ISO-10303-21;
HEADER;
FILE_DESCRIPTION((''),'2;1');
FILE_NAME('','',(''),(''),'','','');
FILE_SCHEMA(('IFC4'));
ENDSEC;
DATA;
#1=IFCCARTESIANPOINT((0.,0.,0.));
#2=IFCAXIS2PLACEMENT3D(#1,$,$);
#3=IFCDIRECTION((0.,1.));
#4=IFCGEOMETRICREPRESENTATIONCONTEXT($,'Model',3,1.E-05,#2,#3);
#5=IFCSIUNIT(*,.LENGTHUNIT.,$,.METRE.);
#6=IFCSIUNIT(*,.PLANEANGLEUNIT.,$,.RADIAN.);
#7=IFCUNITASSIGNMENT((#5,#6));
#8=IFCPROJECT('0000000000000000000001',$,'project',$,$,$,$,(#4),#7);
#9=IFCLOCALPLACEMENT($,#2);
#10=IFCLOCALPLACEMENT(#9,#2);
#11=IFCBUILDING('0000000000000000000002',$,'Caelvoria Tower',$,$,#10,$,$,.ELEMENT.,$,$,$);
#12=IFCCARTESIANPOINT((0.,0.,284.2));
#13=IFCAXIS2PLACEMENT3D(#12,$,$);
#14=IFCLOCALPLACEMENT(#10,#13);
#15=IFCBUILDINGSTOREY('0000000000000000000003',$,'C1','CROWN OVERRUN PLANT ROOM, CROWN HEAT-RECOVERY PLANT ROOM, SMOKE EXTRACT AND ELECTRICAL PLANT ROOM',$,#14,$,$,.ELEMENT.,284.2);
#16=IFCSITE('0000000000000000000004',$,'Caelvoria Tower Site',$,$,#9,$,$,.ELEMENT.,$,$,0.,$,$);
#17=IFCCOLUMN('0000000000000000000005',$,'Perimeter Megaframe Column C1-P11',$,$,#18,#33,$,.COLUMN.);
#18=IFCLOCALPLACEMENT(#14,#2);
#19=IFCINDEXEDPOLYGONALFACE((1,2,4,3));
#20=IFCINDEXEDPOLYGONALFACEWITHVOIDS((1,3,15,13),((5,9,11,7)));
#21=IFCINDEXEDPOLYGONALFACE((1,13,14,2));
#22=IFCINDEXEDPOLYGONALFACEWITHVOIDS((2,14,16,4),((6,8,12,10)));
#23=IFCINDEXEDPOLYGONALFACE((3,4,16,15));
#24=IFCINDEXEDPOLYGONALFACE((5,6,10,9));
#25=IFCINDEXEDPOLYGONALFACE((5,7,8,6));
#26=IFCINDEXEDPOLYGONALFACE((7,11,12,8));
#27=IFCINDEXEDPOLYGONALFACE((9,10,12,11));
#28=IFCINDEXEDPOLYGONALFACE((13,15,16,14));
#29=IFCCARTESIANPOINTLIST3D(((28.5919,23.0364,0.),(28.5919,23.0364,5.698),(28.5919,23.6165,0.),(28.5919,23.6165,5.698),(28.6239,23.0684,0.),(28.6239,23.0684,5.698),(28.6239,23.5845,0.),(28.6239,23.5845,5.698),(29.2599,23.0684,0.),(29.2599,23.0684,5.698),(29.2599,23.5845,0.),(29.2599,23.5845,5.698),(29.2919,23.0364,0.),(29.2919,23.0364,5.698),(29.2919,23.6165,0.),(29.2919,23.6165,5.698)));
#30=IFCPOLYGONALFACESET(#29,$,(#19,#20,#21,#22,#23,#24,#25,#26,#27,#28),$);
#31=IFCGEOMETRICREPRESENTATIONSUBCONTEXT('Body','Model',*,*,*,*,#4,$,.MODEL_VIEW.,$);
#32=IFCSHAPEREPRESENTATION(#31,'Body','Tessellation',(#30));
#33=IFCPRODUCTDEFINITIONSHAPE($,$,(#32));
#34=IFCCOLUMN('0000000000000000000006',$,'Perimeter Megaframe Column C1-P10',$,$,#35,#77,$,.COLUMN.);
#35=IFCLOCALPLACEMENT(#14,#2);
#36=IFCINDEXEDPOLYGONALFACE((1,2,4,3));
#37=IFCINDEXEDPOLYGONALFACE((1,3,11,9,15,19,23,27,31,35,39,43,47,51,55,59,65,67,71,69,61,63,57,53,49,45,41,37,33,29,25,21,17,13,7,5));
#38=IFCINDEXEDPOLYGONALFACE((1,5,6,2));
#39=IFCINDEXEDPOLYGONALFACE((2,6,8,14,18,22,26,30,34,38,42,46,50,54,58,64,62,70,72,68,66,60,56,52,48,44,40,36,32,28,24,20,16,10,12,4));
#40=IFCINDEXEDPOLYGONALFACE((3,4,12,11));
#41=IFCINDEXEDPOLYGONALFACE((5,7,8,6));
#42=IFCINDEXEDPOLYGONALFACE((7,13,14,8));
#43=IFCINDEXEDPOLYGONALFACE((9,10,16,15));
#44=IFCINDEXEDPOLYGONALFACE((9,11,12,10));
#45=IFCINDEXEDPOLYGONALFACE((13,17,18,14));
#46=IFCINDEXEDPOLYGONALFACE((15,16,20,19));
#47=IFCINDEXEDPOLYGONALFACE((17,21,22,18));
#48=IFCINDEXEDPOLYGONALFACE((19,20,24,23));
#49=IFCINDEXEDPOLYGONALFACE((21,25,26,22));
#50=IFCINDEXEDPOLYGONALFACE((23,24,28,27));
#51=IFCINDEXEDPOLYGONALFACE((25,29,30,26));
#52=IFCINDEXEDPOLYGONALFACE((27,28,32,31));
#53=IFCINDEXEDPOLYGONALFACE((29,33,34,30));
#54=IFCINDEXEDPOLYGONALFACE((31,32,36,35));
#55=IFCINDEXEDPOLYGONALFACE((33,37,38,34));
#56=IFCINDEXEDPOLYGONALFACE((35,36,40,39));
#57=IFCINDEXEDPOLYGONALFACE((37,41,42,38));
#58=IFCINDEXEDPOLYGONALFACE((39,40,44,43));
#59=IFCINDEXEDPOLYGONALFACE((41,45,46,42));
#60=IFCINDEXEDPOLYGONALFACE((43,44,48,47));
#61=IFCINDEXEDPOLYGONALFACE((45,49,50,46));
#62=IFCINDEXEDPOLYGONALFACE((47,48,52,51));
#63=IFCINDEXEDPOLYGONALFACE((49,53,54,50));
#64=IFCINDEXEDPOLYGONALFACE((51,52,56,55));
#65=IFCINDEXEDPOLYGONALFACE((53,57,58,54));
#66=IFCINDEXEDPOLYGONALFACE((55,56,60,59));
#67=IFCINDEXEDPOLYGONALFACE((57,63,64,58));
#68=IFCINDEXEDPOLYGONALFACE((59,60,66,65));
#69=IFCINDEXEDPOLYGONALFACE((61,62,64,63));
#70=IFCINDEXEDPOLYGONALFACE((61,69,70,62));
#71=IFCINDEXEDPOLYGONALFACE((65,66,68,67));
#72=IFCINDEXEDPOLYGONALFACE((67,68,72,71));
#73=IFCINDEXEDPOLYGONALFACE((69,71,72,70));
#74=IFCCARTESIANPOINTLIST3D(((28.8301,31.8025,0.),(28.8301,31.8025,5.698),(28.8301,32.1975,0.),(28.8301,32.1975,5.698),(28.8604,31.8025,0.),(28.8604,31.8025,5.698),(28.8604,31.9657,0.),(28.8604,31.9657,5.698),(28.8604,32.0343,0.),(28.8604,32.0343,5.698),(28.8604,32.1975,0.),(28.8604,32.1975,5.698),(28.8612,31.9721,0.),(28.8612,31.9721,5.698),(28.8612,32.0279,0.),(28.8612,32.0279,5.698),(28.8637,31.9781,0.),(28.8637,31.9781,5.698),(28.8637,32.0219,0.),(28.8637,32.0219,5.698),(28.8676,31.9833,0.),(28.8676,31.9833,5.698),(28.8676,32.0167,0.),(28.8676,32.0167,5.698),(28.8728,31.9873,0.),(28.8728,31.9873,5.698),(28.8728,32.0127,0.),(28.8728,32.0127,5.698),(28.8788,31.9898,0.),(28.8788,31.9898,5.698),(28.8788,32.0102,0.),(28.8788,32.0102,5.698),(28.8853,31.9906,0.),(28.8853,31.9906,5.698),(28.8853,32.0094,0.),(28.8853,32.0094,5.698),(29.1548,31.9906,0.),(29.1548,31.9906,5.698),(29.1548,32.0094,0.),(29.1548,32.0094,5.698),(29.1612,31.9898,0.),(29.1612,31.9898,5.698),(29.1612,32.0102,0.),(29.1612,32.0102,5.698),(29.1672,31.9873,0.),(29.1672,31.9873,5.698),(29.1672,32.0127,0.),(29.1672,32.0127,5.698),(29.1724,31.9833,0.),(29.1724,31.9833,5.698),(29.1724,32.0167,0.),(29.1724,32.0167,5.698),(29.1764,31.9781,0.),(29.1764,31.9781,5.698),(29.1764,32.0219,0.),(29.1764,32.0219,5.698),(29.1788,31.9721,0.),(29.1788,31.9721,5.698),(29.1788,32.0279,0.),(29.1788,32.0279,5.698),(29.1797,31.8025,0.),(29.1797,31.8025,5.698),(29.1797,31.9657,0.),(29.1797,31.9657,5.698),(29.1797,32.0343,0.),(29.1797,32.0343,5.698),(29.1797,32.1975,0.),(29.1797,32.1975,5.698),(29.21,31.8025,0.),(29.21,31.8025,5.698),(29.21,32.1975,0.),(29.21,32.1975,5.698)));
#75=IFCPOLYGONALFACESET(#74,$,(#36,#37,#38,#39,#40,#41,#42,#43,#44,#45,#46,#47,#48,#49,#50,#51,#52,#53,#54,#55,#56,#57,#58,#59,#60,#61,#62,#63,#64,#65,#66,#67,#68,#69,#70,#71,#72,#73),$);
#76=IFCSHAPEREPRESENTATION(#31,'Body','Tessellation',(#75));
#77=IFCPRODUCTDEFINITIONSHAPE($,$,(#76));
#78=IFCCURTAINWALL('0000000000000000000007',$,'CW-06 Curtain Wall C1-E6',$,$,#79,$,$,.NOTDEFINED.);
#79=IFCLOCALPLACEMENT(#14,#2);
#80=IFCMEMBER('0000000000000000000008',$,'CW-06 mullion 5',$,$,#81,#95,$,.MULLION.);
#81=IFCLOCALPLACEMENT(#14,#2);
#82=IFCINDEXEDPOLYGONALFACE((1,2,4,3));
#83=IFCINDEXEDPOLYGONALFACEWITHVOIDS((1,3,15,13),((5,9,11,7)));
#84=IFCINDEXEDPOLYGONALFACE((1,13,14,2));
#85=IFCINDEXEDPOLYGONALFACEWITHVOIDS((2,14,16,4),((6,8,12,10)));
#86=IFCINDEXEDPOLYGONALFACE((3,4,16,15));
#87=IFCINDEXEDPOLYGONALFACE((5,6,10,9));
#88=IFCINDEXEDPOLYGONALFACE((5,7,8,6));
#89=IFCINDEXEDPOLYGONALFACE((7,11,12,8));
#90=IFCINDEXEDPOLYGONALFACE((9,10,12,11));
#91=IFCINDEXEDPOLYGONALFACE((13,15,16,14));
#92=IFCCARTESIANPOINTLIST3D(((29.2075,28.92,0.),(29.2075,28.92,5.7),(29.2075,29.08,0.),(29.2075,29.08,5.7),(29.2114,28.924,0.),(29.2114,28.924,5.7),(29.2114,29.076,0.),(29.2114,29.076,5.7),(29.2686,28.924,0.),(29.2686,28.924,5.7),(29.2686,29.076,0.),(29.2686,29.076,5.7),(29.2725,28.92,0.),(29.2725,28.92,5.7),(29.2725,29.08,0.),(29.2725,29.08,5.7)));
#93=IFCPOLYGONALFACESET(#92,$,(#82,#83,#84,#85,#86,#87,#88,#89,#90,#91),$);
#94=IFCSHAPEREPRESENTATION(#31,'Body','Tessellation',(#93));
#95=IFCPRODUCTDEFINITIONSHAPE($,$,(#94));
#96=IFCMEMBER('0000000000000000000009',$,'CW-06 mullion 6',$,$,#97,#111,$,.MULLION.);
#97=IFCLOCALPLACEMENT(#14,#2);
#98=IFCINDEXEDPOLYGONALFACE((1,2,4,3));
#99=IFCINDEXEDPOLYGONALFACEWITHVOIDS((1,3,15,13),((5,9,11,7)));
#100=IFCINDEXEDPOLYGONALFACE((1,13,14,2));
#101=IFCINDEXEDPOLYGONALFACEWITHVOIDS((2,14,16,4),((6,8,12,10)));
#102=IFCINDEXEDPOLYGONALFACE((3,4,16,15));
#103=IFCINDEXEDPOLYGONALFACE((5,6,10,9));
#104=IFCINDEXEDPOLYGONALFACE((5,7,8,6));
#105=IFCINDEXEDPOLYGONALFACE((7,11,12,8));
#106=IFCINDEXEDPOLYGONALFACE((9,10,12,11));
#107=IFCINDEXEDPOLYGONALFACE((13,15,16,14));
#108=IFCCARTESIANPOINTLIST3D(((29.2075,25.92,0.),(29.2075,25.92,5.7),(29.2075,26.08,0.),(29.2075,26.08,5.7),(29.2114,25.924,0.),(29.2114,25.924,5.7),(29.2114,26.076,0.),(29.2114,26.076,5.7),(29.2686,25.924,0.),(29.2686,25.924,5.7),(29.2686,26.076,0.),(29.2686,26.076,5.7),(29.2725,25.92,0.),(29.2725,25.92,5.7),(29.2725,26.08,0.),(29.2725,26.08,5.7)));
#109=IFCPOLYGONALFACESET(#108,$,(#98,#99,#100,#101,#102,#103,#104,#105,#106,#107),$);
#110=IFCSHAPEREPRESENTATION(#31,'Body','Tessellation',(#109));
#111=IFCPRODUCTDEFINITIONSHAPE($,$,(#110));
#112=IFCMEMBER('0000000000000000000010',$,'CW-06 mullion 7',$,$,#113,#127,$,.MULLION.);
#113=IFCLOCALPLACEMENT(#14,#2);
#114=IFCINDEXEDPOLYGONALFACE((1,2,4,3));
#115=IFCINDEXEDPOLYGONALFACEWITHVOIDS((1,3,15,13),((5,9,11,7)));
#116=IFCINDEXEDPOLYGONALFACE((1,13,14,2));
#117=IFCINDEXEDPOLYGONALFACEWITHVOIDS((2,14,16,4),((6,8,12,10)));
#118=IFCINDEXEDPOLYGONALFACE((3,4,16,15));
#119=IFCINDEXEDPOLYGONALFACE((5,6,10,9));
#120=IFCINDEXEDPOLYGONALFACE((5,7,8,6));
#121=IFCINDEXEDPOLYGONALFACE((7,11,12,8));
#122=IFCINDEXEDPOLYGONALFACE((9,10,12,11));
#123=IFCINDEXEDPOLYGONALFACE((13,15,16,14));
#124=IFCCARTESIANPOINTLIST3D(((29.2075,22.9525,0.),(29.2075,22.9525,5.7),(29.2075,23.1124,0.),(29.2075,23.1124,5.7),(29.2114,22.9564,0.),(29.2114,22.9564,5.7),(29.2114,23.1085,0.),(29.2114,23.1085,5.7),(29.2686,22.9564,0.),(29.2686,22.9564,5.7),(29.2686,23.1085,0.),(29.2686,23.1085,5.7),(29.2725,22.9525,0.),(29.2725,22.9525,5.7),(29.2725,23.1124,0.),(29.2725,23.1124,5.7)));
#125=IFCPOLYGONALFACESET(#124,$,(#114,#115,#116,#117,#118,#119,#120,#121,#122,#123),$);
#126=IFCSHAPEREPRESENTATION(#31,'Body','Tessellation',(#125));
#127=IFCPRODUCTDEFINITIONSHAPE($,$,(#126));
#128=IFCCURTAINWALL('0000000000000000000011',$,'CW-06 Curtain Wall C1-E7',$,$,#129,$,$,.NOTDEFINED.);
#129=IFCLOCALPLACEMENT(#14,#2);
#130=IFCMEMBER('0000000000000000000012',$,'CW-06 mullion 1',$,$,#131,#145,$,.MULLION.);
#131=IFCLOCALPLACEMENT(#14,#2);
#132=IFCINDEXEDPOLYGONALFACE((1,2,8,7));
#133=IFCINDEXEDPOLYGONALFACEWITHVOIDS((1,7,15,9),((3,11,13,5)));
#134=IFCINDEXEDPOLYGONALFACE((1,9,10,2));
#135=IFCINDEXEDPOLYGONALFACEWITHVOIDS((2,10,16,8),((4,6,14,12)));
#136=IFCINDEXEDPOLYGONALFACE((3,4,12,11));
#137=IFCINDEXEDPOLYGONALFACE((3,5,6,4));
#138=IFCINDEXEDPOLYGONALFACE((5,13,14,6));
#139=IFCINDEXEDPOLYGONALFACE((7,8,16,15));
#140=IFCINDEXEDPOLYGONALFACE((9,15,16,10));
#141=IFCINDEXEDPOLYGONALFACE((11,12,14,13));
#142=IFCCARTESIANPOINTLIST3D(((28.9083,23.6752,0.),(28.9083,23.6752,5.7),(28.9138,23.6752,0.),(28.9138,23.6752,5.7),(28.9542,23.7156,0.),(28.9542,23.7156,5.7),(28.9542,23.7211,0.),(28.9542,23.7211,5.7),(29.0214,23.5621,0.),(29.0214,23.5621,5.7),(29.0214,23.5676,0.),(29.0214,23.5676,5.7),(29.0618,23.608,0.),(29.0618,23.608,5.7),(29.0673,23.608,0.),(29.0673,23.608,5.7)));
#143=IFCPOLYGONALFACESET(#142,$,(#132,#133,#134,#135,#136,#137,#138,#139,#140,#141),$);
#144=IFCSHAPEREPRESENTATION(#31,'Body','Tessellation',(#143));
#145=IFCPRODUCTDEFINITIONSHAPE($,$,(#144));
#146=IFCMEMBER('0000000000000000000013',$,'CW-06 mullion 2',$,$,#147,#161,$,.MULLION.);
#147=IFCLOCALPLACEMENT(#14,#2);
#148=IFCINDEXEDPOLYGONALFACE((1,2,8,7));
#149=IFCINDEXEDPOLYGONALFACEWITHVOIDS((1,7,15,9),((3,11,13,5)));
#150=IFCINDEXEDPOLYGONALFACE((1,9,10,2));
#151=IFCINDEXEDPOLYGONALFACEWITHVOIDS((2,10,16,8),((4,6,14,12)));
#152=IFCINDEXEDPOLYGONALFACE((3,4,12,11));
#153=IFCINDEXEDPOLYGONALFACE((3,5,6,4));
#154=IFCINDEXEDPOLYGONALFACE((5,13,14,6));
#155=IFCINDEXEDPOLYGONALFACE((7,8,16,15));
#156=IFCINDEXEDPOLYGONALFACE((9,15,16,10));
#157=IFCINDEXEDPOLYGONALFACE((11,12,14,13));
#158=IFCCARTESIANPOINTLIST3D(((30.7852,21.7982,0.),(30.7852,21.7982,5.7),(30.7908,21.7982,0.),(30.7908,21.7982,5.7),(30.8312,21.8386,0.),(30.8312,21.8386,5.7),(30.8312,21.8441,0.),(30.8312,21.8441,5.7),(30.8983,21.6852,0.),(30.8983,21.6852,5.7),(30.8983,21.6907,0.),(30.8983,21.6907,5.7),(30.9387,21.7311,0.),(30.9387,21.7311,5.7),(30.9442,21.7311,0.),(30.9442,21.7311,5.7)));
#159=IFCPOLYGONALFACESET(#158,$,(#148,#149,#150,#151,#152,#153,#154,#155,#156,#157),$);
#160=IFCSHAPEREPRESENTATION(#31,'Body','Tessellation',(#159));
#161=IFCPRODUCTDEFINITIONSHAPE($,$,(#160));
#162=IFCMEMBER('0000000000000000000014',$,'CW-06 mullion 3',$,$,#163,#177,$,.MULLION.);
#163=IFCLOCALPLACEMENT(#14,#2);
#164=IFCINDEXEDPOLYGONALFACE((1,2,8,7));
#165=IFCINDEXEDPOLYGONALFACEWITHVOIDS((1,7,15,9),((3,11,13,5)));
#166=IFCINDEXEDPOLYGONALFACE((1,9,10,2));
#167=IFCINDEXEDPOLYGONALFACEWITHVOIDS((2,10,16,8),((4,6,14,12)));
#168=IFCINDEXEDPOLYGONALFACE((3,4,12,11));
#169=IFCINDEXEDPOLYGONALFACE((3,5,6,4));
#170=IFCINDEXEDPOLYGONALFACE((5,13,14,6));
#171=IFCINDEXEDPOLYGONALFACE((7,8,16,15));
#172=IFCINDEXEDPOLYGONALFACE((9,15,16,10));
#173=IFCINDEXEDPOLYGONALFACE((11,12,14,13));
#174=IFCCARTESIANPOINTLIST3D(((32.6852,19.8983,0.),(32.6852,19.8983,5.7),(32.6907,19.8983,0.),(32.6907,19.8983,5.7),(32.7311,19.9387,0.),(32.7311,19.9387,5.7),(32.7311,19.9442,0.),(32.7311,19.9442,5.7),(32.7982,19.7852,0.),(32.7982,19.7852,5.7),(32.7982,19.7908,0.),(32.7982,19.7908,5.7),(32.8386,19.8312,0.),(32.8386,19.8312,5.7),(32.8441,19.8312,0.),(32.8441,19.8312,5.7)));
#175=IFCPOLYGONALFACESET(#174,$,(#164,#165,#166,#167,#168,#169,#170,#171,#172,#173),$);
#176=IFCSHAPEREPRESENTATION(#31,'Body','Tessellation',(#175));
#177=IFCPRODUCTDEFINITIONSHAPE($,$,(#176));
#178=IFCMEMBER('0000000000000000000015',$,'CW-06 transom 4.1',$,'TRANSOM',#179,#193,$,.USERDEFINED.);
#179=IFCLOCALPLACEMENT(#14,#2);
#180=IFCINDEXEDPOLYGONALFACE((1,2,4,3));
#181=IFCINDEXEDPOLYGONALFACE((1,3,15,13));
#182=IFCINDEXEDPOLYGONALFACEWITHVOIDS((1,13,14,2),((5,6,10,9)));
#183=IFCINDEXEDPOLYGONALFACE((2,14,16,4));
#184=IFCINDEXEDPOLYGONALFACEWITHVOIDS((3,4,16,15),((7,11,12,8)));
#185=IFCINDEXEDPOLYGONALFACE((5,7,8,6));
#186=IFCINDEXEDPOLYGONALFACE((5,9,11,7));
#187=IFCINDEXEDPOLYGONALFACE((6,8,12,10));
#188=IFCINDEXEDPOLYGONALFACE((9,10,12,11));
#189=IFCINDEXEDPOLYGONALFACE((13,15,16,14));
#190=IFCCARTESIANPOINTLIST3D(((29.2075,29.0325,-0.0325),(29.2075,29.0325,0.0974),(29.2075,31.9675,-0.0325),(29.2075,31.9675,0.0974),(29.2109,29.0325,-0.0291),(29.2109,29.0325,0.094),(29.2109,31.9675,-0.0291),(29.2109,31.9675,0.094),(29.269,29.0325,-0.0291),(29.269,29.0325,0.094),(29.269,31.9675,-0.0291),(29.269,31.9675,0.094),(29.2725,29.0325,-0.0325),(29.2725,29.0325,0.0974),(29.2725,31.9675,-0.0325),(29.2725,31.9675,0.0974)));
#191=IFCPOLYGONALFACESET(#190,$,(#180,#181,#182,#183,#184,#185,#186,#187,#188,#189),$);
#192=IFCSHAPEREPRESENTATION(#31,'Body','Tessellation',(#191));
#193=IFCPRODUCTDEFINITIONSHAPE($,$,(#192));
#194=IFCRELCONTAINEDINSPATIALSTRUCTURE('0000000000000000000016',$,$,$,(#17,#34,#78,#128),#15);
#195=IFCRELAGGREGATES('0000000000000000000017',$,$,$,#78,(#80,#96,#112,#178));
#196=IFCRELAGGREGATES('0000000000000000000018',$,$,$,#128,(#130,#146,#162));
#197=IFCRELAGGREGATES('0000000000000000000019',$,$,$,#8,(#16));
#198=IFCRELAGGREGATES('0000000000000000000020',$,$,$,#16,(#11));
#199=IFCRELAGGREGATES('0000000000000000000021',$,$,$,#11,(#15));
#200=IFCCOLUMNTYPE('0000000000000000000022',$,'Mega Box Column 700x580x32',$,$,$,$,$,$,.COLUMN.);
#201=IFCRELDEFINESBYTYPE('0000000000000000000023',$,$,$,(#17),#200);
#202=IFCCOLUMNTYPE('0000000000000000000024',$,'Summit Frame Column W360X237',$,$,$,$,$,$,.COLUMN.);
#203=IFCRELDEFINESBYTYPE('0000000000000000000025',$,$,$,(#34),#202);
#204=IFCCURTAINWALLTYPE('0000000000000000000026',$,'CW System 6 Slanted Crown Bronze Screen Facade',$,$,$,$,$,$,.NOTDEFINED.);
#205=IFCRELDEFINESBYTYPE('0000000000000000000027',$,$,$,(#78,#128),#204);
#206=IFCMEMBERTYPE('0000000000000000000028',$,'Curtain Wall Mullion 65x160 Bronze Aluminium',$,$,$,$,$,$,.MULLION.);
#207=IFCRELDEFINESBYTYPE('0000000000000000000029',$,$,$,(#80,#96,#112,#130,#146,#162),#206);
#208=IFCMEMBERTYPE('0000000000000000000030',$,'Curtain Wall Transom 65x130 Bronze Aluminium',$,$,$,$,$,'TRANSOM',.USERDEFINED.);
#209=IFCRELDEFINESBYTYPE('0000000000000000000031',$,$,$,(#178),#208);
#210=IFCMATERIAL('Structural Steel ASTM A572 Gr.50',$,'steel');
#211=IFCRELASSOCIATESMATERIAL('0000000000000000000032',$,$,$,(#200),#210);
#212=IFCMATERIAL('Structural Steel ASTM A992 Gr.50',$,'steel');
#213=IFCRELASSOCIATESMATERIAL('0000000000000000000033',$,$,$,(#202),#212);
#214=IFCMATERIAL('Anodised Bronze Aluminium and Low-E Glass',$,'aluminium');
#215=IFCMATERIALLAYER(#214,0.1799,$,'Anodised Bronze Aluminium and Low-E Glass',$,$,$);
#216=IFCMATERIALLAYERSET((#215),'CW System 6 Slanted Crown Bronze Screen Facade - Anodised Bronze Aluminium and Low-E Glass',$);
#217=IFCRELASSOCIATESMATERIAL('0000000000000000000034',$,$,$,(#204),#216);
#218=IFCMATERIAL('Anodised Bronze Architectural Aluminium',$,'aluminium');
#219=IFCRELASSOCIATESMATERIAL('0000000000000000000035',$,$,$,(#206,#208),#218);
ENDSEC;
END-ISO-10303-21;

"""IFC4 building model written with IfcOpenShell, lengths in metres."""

from ifc_helpers import new_model, si_unit, direction, frame, origin, origin_2d, place, context, subcontext, project, spatial, hollow_rectangle, i_section, extrude, material, layer, layer_set, material_profile, profile_set, type_object, element, aggregate, save


model = new_model("IFC4")

# Units and contexts
model_context = context("Model", 3, precision=1e-05, world=origin(), true_north=direction((0.0, 1.0)))
body_context = subcontext(model_context, "Body", "Model", "MODEL_VIEW")
ifc_project = project(units=[si_unit("LENGTHUNIT", "METRE"), si_unit("PLANEANGLEUNIT", "RADIAN")], contexts=[model_context])

# Site, building, storey
site_placement = place(None, origin())
site = spatial("IfcSite", under=ifc_project, at=site_placement, Name="Caelvoria Tower Site", CompositionType="ELEMENT", RefElevation=0.0)
building_placement = place(site_placement, origin())
building = spatial("IfcBuilding", under=site, at=building_placement, Name="Caelvoria Tower", CompositionType="ELEMENT")
storey_placement = place(building_placement, frame((0.0, 0.0, 284.2)))
storey = spatial("IfcBuildingStorey", under=building, at=storey_placement, Name="C1", Description="CROWN OVERRUN PLANT ROOM, CROWN HEAT-RECOVERY PLANT ROOM, SMOKE EXTRACT AND ELECTRICAL PLANT ROOM", CompositionType="ELEMENT", Elevation=284.2)

# Columns
ifc_material_1 = material(Name="Structural Steel ASTM A572 Gr.50", Category="steel")
ifc_material_profile_1 = material_profile(ifc_material_1, hollow_rectangle(XDim=0.5801, YDim=0.7, WallThickness=0.032, at=origin_2d()), Name="Structural Steel ASTM A572 Gr.50")
ifc_profile_set_1 = profile_set([ifc_material_profile_1], Name="BOX700X580X32 - Structural Steel ASTM A572 Gr.50")
column_type_1 = type_object("IfcColumnType", Name="Mega Box Column 700x580x32", PredefinedType="COLUMN", material=ifc_profile_set_1)
column_1_placement = place(storey_placement, frame((28.9419, 23.3264, 0.0), z_axis=(0.0, 0.0, 1.0), x_axis=(0.0, 1.0, 0.0)))
element("IfcColumn", 1, at=column_1_placement, inside=storey, type_object=column_type_1, Name="Perimeter Megaframe Column C1-P11", PredefinedType="COLUMN", context=body_context, shape_type="SweptSolid", body=[
    extrude(hollow_rectangle(XDim=0.5801, YDim=0.7, WallThickness=0.032, at=origin_2d()), origin(), (0.0, 0.0, 1.0), 5.698),
])
ifc_material_2 = material(Name="Structural Steel ASTM A992 Gr.50", Category="steel")
ifc_material_profile_2 = material_profile(ifc_material_2, i_section(OverallWidth=0.395, OverallDepth=0.3799, WebThickness=0.0188, FlangeThickness=0.0303, FilletRadius=0.0249, at=origin_2d()), Name="Structural Steel ASTM A992 Gr.50")
ifc_profile_set_2 = profile_set([ifc_material_profile_2], Name="W360X237 - Structural Steel ASTM A992 Gr.50")
column_type_2 = type_object("IfcColumnType", Name="Summit Frame Column W360X237", PredefinedType="COLUMN", material=ifc_profile_set_2)
column_2_placement = place(storey_placement, frame((29.02, 32.0, 0.0), z_axis=(0.0, 0.0, 1.0), x_axis=(0.0, 1.0, 0.0)))
element("IfcColumn", 2, at=column_2_placement, inside=storey, type_object=column_type_2, Name="Perimeter Megaframe Column C1-P10", PredefinedType="COLUMN", context=body_context, shape_type="SweptSolid", body=[
    extrude(i_section(OverallWidth=0.395, OverallDepth=0.3799, WebThickness=0.0188, FlangeThickness=0.0303, FilletRadius=0.0249, at=origin_2d()), origin(), (0.0, 0.0, 1.0), 5.698),
])

# Curtain walls, members
ifc_material_3 = material(Name="Anodised Bronze Aluminium and Low-E Glass", Category="aluminium")
ifc_layer_1 = layer(ifc_material_3, 0.1799, Name="Anodised Bronze Aluminium and Low-E Glass")
ifc_layer_set_1 = layer_set([ifc_layer_1], Name="CW System 6 Slanted Crown Bronze Screen Facade - Anodised Bronze Aluminium and Low-E Glass")
curtain_wall_type = type_object("IfcCurtainWallType", Name="CW System 6 Slanted Crown Bronze Screen Facade", PredefinedType="NOTDEFINED", material=ifc_layer_set_1)
curtain_wall_1_placement = place(storey_placement, origin())
curtain_wall_1 = element("IfcCurtainWall", 3, at=curtain_wall_1_placement, inside=storey, type_object=curtain_wall_type, Name="CW-06 Curtain Wall C1-E6", PredefinedType="NOTDEFINED")
ifc_material_4 = material(Name="Anodised Bronze Architectural Aluminium", Category="aluminium")
ifc_material_profile_3 = material_profile(ifc_material_4, hollow_rectangle(XDim=0.0649, YDim=0.1599, WallThickness=0.0039, at=origin_2d()), Name="Anodised Bronze Architectural Aluminium")
ifc_profile_set_3 = profile_set([ifc_material_profile_3], Name="CW_MULL_65X160 - Anodised Bronze Architectural Aluminium")
member_type_1 = type_object("IfcMemberType", Name="Curtain Wall Mullion 65x160 Bronze Aluminium", PredefinedType="MULLION", material=ifc_profile_set_3)
member_1_placement = place(storey_placement, frame((29.24, 29.0, 0.0), z_axis=(0.0, 0.0, 1.0), x_axis=(1.0, 0.0, 0.0)))
member_1 = element("IfcMember", 4, at=member_1_placement, type_object=member_type_1, Name="CW-06 mullion 5", PredefinedType="MULLION", context=body_context, shape_type="SweptSolid", body=[
    extrude(hollow_rectangle(XDim=0.0649, YDim=0.1599, WallThickness=0.0039, at=origin_2d()), origin(), (0.0, 0.0, 1.0), 5.7),
])
member_2_placement = place(storey_placement, frame((29.24, 26.0, 0.0), z_axis=(0.0, 0.0, 1.0), x_axis=(1.0, 0.0, 0.0)))
member_2 = element("IfcMember", 5, at=member_2_placement, type_object=member_type_1, Name="CW-06 mullion 6", PredefinedType="MULLION", context=body_context, shape_type="SweptSolid", body=[
    extrude(hollow_rectangle(XDim=0.0649, YDim=0.1599, WallThickness=0.0039, at=origin_2d()), origin(), (0.0, 0.0, 1.0), 5.7),
])
member_3_placement = place(storey_placement, frame((29.24, 23.0325, 0.0), z_axis=(0.0, 0.0, 1.0), x_axis=(1.0, 0.0, 0.0)))
member_3 = element("IfcMember", 6, at=member_3_placement, type_object=member_type_1, Name="CW-06 mullion 7", PredefinedType="MULLION", context=body_context, shape_type="SweptSolid", body=[
    extrude(hollow_rectangle(XDim=0.0649, YDim=0.1599, WallThickness=0.0039, at=origin_2d()), origin(), (0.0, 0.0, 1.0), 5.7),
])
curtain_wall_2_placement = place(storey_placement, origin())
curtain_wall_2 = element("IfcCurtainWall", 7, at=curtain_wall_2_placement, inside=storey, type_object=curtain_wall_type, Name="CW-06 Curtain Wall C1-E7", PredefinedType="NOTDEFINED")
member_4_placement = place(storey_placement, frame((28.9878, 23.6416, 0.0), z_axis=(0.0, 0.0, 1.0), x_axis=(0.707107, 0.707107, 0.0)))
member_4 = element("IfcMember", 8, at=member_4_placement, type_object=member_type_1, Name="CW-06 mullion 1", PredefinedType="MULLION", context=body_context, shape_type="SweptSolid", body=[
    extrude(hollow_rectangle(XDim=0.0649, YDim=0.1599, WallThickness=0.0039, at=origin_2d()), origin(), (0.0, 0.0, 1.0), 5.7),
])
member_5_placement = place(storey_placement, frame((30.8647, 21.7646, 0.0), z_axis=(0.0, 0.0, 1.0), x_axis=(0.707107, 0.707107, 0.0)))
member_5 = element("IfcMember", 9, at=member_5_placement, type_object=member_type_1, Name="CW-06 mullion 2", PredefinedType="MULLION", context=body_context, shape_type="SweptSolid", body=[
    extrude(hollow_rectangle(XDim=0.0649, YDim=0.1599, WallThickness=0.0039, at=origin_2d()), origin(), (0.0, 0.0, 1.0), 5.7),
])
member_6_placement = place(storey_placement, frame((32.7646, 19.8647, 0.0), z_axis=(0.0, 0.0, 1.0), x_axis=(0.707107, 0.707107, 0.0)))
member_6 = element("IfcMember", 10, at=member_6_placement, type_object=member_type_1, Name="CW-06 mullion 3", PredefinedType="MULLION", context=body_context, shape_type="SweptSolid", body=[
    extrude(hollow_rectangle(XDim=0.0649, YDim=0.1599, WallThickness=0.0039, at=origin_2d()), origin(), (0.0, 0.0, 1.0), 5.7),
])

# Member
ifc_material_profile_4 = material_profile(ifc_material_4, hollow_rectangle(XDim=0.0649, YDim=0.1299, WallThickness=0.0034, at=origin_2d()), Name="Anodised Bronze Architectural Aluminium")
ifc_profile_set_4 = profile_set([ifc_material_profile_4], Name="CW_TRAN_65X130 - Anodised Bronze Architectural Aluminium")
member_type_2 = type_object("IfcMemberType", Name="Curtain Wall Transom 65x130 Bronze Aluminium", ElementType="TRANSOM", PredefinedType="USERDEFINED", material=ifc_profile_set_4)
member_7_placement = place(storey_placement, frame((29.24, 31.9675, 0.0325), z_axis=(0.0, -1.0, 0.0), x_axis=(1.0, 0.0, 0.0)))
member_7 = element("IfcMember", 11, at=member_7_placement, type_object=member_type_2, Name="CW-06 transom 4.1", ObjectType="TRANSOM", PredefinedType="USERDEFINED", context=body_context, shape_type="SweptSolid", body=[
    extrude(hollow_rectangle(XDim=0.0649, YDim=0.1299, WallThickness=0.0034, at=origin_2d()), origin(), (0.0, 0.0, 1.0), 2.9351),
])

aggregate(curtain_wall_1, [member_1, member_2, member_3, member_7])
aggregate(curtain_wall_2, [member_4, member_5, member_6])

save(model, "model.ifc")
